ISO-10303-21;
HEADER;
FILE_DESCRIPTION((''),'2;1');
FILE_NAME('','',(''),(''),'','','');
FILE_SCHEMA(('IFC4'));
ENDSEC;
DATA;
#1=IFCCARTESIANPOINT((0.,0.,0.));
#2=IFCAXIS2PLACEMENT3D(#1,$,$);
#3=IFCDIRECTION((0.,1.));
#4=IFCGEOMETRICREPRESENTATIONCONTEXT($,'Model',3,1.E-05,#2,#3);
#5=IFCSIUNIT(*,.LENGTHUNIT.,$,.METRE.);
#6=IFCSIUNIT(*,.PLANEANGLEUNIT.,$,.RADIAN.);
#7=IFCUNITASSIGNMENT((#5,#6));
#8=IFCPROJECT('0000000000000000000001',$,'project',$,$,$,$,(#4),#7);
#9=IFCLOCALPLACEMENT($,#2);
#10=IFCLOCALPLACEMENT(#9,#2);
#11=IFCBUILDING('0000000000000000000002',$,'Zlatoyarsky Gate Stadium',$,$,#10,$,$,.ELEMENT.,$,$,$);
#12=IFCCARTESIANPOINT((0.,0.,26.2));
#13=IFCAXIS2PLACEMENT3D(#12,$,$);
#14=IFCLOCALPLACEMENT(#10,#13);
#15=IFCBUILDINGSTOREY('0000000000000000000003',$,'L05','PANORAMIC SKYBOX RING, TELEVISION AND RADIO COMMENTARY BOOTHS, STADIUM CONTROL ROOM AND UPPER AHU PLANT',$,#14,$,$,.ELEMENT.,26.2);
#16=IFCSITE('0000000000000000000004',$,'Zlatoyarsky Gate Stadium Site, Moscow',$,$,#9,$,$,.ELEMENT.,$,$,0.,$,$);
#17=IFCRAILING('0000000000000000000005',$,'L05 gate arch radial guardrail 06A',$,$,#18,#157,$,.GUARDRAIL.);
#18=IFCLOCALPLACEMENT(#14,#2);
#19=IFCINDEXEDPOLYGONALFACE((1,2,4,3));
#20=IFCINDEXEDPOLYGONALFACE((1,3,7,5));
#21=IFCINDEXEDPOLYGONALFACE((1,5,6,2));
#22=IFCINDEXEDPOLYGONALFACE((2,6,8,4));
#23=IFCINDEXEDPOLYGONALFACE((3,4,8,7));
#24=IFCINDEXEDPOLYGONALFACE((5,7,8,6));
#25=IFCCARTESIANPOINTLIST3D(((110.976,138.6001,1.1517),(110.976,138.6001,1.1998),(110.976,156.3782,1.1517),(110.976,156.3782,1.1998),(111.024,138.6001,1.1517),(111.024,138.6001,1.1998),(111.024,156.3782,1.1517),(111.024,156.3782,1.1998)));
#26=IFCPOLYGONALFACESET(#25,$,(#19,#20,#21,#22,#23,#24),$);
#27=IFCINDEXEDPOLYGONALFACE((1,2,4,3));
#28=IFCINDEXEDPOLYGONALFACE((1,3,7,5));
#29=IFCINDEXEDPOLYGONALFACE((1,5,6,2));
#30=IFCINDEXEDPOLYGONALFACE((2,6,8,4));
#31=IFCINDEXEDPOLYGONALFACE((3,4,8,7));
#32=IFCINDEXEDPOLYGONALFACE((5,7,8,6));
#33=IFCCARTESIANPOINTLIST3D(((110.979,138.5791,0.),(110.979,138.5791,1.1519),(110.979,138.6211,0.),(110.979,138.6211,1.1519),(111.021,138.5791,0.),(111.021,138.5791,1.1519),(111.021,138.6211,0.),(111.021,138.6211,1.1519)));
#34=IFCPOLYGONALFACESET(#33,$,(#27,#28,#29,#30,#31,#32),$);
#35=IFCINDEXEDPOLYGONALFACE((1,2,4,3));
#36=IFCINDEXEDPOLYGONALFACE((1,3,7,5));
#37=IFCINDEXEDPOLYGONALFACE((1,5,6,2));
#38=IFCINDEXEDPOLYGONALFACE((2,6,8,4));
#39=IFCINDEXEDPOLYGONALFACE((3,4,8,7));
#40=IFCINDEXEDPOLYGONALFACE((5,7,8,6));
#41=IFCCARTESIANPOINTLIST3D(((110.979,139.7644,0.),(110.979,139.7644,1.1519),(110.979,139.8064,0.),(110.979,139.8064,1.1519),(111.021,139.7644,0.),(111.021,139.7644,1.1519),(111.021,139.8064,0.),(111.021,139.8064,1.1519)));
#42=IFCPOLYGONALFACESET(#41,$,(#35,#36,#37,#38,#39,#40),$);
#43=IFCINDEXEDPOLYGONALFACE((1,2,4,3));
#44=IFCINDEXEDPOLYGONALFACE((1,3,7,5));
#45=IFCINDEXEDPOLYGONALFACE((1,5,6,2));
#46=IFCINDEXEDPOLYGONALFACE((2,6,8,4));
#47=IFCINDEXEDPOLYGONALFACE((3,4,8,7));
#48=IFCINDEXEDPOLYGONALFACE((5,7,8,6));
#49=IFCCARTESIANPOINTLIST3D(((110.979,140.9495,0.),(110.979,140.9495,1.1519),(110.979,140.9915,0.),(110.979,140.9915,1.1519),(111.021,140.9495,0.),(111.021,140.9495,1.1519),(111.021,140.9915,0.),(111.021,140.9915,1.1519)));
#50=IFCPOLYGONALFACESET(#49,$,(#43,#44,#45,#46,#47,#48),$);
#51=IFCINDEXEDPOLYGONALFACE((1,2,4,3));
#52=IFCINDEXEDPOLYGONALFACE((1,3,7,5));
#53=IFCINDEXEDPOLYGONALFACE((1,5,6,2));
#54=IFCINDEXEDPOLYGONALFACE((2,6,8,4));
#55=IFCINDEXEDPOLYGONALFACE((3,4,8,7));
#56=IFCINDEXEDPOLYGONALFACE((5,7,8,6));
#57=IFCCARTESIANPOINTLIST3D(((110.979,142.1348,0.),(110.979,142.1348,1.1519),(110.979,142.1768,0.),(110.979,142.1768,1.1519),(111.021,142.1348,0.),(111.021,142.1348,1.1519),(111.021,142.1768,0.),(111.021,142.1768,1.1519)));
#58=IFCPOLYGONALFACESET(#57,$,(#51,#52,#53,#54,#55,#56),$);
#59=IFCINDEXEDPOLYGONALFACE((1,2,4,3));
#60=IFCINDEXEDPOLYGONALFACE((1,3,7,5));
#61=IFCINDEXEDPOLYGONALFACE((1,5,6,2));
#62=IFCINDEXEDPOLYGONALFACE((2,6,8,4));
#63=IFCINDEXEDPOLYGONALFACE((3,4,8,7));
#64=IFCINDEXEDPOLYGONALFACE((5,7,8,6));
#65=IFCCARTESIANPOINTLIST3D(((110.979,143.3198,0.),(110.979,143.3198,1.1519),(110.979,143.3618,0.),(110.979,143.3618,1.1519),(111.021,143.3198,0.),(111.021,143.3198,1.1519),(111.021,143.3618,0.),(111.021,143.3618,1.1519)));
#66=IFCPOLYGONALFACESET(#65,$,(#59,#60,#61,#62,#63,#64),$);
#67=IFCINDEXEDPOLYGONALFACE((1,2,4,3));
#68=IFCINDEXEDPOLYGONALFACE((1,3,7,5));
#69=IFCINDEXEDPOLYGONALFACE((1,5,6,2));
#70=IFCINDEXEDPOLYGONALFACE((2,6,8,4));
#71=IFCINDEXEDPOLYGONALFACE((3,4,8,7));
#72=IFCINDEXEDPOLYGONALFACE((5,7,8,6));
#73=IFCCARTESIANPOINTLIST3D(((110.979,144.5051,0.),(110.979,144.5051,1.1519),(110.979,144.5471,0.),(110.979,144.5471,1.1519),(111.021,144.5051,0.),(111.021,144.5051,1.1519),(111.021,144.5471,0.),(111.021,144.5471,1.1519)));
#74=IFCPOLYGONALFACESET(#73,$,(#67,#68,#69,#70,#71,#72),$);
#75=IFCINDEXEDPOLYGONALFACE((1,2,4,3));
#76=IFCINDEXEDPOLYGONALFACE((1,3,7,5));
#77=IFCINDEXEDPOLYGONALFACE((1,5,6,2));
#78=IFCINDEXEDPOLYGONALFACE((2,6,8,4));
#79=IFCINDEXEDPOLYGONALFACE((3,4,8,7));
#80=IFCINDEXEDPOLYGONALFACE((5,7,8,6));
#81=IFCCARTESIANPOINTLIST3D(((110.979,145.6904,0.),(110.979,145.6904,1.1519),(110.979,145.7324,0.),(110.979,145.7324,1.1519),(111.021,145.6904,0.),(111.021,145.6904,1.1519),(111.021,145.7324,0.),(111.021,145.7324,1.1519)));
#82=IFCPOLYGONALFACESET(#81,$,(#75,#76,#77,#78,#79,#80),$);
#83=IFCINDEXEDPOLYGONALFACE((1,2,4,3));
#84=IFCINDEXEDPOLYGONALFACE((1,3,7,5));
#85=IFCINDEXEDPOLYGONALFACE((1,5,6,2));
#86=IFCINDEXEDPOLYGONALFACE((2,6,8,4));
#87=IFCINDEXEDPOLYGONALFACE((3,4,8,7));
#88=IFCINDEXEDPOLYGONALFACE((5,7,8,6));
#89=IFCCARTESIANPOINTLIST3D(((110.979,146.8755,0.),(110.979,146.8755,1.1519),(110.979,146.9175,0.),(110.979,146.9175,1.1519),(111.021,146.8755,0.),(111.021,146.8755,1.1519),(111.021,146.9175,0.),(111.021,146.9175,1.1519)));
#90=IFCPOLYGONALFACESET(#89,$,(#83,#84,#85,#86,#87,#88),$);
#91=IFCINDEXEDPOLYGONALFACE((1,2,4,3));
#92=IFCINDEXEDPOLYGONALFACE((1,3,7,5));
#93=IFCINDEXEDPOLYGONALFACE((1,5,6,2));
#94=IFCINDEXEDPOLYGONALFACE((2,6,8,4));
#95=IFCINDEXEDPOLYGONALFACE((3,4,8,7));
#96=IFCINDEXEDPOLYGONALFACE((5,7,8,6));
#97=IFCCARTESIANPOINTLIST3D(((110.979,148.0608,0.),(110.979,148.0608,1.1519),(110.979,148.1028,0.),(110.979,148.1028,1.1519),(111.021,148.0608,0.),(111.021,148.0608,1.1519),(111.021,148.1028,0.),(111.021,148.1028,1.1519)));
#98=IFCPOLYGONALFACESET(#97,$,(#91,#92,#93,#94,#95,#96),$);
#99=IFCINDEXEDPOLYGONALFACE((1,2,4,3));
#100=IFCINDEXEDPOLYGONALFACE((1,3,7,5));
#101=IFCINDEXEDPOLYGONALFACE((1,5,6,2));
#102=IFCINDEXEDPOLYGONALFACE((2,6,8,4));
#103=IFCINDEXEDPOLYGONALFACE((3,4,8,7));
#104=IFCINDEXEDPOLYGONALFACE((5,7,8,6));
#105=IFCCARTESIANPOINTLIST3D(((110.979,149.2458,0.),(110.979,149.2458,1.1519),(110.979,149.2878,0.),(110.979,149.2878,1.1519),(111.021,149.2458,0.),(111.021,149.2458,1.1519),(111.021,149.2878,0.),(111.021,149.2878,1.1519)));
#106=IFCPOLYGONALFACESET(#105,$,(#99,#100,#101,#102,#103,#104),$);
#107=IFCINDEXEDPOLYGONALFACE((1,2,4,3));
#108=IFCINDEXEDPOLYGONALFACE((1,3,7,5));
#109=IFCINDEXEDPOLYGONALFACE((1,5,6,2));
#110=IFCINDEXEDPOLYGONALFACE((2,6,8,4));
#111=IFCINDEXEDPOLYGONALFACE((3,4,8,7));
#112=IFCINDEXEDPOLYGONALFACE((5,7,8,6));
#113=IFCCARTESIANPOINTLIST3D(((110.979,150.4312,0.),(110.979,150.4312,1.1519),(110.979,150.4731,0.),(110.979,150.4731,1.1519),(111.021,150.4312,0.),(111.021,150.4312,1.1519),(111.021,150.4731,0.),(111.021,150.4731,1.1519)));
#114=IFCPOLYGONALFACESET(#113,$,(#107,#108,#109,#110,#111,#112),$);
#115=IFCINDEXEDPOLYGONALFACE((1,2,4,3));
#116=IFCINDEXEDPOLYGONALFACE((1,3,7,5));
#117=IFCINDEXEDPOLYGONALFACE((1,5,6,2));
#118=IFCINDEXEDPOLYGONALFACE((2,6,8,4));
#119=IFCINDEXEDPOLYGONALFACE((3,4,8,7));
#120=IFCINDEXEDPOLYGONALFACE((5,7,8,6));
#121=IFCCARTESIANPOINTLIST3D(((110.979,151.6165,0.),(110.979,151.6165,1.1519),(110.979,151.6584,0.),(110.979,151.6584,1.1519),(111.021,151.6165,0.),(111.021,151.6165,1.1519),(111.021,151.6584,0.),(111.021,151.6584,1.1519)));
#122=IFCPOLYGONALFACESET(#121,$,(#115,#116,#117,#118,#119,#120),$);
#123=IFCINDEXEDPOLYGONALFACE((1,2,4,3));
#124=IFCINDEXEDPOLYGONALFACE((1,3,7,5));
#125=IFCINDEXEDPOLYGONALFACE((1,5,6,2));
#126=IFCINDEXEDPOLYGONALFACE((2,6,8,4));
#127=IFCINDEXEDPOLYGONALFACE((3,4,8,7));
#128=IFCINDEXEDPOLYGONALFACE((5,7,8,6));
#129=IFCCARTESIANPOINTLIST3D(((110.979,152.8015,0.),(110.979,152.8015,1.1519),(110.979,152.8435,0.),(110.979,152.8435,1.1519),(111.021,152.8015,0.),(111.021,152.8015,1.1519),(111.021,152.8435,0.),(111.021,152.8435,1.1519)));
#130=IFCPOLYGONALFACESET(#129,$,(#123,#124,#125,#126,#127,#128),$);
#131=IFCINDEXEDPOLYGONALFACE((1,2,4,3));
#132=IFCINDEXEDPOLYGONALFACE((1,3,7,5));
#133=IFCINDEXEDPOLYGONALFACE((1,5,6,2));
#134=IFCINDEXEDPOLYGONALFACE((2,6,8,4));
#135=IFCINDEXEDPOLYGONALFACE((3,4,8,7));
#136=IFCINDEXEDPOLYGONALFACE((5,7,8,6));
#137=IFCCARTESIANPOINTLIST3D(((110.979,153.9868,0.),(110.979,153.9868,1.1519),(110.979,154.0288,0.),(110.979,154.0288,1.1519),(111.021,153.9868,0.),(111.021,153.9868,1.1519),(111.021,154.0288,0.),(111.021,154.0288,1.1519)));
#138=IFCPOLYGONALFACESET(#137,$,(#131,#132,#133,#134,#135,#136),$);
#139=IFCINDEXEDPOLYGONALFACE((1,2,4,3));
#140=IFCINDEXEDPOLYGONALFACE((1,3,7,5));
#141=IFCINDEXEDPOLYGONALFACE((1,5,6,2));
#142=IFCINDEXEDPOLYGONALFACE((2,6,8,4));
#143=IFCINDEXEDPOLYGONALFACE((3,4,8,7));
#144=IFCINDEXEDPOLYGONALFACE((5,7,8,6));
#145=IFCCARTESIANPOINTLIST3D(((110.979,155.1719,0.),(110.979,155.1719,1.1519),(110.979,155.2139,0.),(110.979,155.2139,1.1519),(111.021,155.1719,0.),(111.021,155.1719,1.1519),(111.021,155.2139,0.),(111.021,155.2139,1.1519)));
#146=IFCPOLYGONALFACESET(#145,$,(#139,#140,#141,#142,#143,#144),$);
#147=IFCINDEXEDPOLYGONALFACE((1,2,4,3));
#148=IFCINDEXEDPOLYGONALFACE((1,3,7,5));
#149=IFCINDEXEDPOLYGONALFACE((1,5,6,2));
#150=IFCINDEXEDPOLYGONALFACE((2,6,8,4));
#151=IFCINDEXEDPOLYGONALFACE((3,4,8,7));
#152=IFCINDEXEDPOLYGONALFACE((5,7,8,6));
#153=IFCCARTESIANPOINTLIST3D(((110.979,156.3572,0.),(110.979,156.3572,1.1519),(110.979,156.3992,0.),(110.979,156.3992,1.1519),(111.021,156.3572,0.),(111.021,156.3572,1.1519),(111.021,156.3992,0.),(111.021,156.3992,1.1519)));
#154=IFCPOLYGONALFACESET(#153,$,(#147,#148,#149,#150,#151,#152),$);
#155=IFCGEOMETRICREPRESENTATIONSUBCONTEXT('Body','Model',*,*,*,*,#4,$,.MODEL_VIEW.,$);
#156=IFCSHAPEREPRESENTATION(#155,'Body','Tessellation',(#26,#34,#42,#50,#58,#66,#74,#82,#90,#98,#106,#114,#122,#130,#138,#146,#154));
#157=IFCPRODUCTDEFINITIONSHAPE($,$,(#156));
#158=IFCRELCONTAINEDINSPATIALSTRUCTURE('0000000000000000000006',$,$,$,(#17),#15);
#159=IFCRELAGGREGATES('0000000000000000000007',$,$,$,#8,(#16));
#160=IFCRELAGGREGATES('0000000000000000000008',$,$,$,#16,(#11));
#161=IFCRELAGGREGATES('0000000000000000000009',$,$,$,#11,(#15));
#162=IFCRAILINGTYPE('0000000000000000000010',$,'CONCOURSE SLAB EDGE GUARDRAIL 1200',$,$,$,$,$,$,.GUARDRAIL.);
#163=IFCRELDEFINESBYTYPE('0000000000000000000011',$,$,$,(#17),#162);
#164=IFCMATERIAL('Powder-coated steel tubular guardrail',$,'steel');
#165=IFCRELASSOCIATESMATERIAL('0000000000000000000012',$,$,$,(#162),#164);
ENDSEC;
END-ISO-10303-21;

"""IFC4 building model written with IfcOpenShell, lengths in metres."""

from ifc_helpers import new_model, si_unit, direction, frame, origin, origin_2d, place, context, subcontext, project, spatial, rectangle, extrude, material, type_object, element, save


model = new_model("IFC4")

# Units and contexts
model_context = context("Model", 3, precision=1e-05, world=origin(), true_north=direction((0.0, 1.0)))
body_context = subcontext(model_context, "Body", "Model", "MODEL_VIEW")
ifc_project = project(units=[si_unit("LENGTHUNIT", "METRE"), si_unit("PLANEANGLEUNIT", "RADIAN")], contexts=[model_context])

# Site, building, storey
site_placement = place(None, origin())
site = spatial("IfcSite", under=ifc_project, at=site_placement, Name="Zlatoyarsky Gate Stadium Site, Moscow", CompositionType="ELEMENT", RefElevation=0.0)
building_placement = place(site_placement, origin())
building = spatial("IfcBuilding", under=site, at=building_placement, Name="Zlatoyarsky Gate Stadium", CompositionType="ELEMENT")
storey_placement = place(building_placement, frame((0.0, 0.0, 26.2)))
storey = spatial("IfcBuildingStorey", under=building, at=storey_placement, Name="L05", Description="PANORAMIC SKYBOX RING, TELEVISION AND RADIO COMMENTARY BOOTHS, STADIUM CONTROL ROOM AND UPPER AHU PLANT", CompositionType="ELEMENT", Elevation=26.2)

# Railing
ifc_material_1 = material(Name="Powder-coated steel tubular guardrail", Category="steel")
railing_type = type_object("IfcRailingType", Name="CONCOURSE SLAB EDGE GUARDRAIL 1200", PredefinedType="GUARDRAIL", material=ifc_material_1)
railing_placement = place(storey_placement, frame((111.0, 138.6001, 0.0)))
element("IfcRailing", 1, at=railing_placement, inside=storey, type_object=railing_type, Name="L05 gate arch radial guardrail 06A", PredefinedType="GUARDRAIL", context=body_context, shape_type="SweptSolid", body=[
    extrude(rectangle(XDim=0.0481, YDim=0.0481, at=origin_2d()), frame((0.0, 0.0, 1.1758), z_axis=(0.0, 1.0, 0.0), x_axis=(-1.0, 0.0, 0.0)), (0.0, 0.0, 1.0), 17.7781),
    extrude(rectangle(XDim=0.042, YDim=0.042, at=origin_2d()), origin(), (0.0, 0.0, 1.0), 1.1519),
    extrude(rectangle(XDim=0.042, YDim=0.042, at=origin_2d()), frame((0.0, 1.1853, 0.0)), (0.0, 0.0, 1.0), 1.1519),
    extrude(rectangle(XDim=0.042, YDim=0.042, at=origin_2d()), frame((0.0, 2.3704, 0.0)), (0.0, 0.0, 1.0), 1.1519),
    extrude(rectangle(XDim=0.042, YDim=0.042, at=origin_2d()), frame((0.0, 3.5557, 0.0)), (0.0, 0.0, 1.0), 1.1519),
    extrude(rectangle(XDim=0.042, YDim=0.042, at=origin_2d()), frame((0.0, 4.7407, 0.0)), (0.0, 0.0, 1.0), 1.1519),
    extrude(rectangle(XDim=0.042, YDim=0.042, at=origin_2d()), frame((0.0, 5.926, 0.0)), (0.0, 0.0, 1.0), 1.1519),
    extrude(rectangle(XDim=0.042, YDim=0.042, at=origin_2d()), frame((0.0, 7.1113, 0.0)), (0.0, 0.0, 1.0), 1.1519),
    extrude(rectangle(XDim=0.042, YDim=0.042, at=origin_2d()), frame((0.0, 8.2964, 0.0)), (0.0, 0.0, 1.0), 1.1519),
    extrude(rectangle(XDim=0.042, YDim=0.042, at=origin_2d()), frame((0.0, 9.4817, 0.0)), (0.0, 0.0, 1.0), 1.1519),
    extrude(rectangle(XDim=0.042, YDim=0.042, at=origin_2d()), frame((0.0, 10.6667, 0.0)), (0.0, 0.0, 1.0), 1.1519),
    extrude(rectangle(XDim=0.042, YDim=0.042, at=origin_2d()), frame((0.0, 11.8521, 0.0)), (0.0, 0.0, 1.0), 1.1519),
    extrude(rectangle(XDim=0.042, YDim=0.042, at=origin_2d()), frame((0.0, 13.0374, 0.0)), (0.0, 0.0, 1.0), 1.1519),
    extrude(rectangle(XDim=0.042, YDim=0.042, at=origin_2d()), frame((0.0, 14.2224, 0.0)), (0.0, 0.0, 1.0), 1.1519),
    extrude(rectangle(XDim=0.042, YDim=0.042, at=origin_2d()), frame((0.0, 15.4077, 0.0)), (0.0, 0.0, 1.0), 1.1519),
    extrude(rectangle(XDim=0.042, YDim=0.042, at=origin_2d()), frame((0.0, 16.5928, 0.0)), (0.0, 0.0, 1.0), 1.1519),
    extrude(rectangle(XDim=0.042, YDim=0.042, at=origin_2d()), frame((0.0, 17.7781, 0.0)), (0.0, 0.0, 1.0), 1.1519),
])

save(model, "model.ifc")
